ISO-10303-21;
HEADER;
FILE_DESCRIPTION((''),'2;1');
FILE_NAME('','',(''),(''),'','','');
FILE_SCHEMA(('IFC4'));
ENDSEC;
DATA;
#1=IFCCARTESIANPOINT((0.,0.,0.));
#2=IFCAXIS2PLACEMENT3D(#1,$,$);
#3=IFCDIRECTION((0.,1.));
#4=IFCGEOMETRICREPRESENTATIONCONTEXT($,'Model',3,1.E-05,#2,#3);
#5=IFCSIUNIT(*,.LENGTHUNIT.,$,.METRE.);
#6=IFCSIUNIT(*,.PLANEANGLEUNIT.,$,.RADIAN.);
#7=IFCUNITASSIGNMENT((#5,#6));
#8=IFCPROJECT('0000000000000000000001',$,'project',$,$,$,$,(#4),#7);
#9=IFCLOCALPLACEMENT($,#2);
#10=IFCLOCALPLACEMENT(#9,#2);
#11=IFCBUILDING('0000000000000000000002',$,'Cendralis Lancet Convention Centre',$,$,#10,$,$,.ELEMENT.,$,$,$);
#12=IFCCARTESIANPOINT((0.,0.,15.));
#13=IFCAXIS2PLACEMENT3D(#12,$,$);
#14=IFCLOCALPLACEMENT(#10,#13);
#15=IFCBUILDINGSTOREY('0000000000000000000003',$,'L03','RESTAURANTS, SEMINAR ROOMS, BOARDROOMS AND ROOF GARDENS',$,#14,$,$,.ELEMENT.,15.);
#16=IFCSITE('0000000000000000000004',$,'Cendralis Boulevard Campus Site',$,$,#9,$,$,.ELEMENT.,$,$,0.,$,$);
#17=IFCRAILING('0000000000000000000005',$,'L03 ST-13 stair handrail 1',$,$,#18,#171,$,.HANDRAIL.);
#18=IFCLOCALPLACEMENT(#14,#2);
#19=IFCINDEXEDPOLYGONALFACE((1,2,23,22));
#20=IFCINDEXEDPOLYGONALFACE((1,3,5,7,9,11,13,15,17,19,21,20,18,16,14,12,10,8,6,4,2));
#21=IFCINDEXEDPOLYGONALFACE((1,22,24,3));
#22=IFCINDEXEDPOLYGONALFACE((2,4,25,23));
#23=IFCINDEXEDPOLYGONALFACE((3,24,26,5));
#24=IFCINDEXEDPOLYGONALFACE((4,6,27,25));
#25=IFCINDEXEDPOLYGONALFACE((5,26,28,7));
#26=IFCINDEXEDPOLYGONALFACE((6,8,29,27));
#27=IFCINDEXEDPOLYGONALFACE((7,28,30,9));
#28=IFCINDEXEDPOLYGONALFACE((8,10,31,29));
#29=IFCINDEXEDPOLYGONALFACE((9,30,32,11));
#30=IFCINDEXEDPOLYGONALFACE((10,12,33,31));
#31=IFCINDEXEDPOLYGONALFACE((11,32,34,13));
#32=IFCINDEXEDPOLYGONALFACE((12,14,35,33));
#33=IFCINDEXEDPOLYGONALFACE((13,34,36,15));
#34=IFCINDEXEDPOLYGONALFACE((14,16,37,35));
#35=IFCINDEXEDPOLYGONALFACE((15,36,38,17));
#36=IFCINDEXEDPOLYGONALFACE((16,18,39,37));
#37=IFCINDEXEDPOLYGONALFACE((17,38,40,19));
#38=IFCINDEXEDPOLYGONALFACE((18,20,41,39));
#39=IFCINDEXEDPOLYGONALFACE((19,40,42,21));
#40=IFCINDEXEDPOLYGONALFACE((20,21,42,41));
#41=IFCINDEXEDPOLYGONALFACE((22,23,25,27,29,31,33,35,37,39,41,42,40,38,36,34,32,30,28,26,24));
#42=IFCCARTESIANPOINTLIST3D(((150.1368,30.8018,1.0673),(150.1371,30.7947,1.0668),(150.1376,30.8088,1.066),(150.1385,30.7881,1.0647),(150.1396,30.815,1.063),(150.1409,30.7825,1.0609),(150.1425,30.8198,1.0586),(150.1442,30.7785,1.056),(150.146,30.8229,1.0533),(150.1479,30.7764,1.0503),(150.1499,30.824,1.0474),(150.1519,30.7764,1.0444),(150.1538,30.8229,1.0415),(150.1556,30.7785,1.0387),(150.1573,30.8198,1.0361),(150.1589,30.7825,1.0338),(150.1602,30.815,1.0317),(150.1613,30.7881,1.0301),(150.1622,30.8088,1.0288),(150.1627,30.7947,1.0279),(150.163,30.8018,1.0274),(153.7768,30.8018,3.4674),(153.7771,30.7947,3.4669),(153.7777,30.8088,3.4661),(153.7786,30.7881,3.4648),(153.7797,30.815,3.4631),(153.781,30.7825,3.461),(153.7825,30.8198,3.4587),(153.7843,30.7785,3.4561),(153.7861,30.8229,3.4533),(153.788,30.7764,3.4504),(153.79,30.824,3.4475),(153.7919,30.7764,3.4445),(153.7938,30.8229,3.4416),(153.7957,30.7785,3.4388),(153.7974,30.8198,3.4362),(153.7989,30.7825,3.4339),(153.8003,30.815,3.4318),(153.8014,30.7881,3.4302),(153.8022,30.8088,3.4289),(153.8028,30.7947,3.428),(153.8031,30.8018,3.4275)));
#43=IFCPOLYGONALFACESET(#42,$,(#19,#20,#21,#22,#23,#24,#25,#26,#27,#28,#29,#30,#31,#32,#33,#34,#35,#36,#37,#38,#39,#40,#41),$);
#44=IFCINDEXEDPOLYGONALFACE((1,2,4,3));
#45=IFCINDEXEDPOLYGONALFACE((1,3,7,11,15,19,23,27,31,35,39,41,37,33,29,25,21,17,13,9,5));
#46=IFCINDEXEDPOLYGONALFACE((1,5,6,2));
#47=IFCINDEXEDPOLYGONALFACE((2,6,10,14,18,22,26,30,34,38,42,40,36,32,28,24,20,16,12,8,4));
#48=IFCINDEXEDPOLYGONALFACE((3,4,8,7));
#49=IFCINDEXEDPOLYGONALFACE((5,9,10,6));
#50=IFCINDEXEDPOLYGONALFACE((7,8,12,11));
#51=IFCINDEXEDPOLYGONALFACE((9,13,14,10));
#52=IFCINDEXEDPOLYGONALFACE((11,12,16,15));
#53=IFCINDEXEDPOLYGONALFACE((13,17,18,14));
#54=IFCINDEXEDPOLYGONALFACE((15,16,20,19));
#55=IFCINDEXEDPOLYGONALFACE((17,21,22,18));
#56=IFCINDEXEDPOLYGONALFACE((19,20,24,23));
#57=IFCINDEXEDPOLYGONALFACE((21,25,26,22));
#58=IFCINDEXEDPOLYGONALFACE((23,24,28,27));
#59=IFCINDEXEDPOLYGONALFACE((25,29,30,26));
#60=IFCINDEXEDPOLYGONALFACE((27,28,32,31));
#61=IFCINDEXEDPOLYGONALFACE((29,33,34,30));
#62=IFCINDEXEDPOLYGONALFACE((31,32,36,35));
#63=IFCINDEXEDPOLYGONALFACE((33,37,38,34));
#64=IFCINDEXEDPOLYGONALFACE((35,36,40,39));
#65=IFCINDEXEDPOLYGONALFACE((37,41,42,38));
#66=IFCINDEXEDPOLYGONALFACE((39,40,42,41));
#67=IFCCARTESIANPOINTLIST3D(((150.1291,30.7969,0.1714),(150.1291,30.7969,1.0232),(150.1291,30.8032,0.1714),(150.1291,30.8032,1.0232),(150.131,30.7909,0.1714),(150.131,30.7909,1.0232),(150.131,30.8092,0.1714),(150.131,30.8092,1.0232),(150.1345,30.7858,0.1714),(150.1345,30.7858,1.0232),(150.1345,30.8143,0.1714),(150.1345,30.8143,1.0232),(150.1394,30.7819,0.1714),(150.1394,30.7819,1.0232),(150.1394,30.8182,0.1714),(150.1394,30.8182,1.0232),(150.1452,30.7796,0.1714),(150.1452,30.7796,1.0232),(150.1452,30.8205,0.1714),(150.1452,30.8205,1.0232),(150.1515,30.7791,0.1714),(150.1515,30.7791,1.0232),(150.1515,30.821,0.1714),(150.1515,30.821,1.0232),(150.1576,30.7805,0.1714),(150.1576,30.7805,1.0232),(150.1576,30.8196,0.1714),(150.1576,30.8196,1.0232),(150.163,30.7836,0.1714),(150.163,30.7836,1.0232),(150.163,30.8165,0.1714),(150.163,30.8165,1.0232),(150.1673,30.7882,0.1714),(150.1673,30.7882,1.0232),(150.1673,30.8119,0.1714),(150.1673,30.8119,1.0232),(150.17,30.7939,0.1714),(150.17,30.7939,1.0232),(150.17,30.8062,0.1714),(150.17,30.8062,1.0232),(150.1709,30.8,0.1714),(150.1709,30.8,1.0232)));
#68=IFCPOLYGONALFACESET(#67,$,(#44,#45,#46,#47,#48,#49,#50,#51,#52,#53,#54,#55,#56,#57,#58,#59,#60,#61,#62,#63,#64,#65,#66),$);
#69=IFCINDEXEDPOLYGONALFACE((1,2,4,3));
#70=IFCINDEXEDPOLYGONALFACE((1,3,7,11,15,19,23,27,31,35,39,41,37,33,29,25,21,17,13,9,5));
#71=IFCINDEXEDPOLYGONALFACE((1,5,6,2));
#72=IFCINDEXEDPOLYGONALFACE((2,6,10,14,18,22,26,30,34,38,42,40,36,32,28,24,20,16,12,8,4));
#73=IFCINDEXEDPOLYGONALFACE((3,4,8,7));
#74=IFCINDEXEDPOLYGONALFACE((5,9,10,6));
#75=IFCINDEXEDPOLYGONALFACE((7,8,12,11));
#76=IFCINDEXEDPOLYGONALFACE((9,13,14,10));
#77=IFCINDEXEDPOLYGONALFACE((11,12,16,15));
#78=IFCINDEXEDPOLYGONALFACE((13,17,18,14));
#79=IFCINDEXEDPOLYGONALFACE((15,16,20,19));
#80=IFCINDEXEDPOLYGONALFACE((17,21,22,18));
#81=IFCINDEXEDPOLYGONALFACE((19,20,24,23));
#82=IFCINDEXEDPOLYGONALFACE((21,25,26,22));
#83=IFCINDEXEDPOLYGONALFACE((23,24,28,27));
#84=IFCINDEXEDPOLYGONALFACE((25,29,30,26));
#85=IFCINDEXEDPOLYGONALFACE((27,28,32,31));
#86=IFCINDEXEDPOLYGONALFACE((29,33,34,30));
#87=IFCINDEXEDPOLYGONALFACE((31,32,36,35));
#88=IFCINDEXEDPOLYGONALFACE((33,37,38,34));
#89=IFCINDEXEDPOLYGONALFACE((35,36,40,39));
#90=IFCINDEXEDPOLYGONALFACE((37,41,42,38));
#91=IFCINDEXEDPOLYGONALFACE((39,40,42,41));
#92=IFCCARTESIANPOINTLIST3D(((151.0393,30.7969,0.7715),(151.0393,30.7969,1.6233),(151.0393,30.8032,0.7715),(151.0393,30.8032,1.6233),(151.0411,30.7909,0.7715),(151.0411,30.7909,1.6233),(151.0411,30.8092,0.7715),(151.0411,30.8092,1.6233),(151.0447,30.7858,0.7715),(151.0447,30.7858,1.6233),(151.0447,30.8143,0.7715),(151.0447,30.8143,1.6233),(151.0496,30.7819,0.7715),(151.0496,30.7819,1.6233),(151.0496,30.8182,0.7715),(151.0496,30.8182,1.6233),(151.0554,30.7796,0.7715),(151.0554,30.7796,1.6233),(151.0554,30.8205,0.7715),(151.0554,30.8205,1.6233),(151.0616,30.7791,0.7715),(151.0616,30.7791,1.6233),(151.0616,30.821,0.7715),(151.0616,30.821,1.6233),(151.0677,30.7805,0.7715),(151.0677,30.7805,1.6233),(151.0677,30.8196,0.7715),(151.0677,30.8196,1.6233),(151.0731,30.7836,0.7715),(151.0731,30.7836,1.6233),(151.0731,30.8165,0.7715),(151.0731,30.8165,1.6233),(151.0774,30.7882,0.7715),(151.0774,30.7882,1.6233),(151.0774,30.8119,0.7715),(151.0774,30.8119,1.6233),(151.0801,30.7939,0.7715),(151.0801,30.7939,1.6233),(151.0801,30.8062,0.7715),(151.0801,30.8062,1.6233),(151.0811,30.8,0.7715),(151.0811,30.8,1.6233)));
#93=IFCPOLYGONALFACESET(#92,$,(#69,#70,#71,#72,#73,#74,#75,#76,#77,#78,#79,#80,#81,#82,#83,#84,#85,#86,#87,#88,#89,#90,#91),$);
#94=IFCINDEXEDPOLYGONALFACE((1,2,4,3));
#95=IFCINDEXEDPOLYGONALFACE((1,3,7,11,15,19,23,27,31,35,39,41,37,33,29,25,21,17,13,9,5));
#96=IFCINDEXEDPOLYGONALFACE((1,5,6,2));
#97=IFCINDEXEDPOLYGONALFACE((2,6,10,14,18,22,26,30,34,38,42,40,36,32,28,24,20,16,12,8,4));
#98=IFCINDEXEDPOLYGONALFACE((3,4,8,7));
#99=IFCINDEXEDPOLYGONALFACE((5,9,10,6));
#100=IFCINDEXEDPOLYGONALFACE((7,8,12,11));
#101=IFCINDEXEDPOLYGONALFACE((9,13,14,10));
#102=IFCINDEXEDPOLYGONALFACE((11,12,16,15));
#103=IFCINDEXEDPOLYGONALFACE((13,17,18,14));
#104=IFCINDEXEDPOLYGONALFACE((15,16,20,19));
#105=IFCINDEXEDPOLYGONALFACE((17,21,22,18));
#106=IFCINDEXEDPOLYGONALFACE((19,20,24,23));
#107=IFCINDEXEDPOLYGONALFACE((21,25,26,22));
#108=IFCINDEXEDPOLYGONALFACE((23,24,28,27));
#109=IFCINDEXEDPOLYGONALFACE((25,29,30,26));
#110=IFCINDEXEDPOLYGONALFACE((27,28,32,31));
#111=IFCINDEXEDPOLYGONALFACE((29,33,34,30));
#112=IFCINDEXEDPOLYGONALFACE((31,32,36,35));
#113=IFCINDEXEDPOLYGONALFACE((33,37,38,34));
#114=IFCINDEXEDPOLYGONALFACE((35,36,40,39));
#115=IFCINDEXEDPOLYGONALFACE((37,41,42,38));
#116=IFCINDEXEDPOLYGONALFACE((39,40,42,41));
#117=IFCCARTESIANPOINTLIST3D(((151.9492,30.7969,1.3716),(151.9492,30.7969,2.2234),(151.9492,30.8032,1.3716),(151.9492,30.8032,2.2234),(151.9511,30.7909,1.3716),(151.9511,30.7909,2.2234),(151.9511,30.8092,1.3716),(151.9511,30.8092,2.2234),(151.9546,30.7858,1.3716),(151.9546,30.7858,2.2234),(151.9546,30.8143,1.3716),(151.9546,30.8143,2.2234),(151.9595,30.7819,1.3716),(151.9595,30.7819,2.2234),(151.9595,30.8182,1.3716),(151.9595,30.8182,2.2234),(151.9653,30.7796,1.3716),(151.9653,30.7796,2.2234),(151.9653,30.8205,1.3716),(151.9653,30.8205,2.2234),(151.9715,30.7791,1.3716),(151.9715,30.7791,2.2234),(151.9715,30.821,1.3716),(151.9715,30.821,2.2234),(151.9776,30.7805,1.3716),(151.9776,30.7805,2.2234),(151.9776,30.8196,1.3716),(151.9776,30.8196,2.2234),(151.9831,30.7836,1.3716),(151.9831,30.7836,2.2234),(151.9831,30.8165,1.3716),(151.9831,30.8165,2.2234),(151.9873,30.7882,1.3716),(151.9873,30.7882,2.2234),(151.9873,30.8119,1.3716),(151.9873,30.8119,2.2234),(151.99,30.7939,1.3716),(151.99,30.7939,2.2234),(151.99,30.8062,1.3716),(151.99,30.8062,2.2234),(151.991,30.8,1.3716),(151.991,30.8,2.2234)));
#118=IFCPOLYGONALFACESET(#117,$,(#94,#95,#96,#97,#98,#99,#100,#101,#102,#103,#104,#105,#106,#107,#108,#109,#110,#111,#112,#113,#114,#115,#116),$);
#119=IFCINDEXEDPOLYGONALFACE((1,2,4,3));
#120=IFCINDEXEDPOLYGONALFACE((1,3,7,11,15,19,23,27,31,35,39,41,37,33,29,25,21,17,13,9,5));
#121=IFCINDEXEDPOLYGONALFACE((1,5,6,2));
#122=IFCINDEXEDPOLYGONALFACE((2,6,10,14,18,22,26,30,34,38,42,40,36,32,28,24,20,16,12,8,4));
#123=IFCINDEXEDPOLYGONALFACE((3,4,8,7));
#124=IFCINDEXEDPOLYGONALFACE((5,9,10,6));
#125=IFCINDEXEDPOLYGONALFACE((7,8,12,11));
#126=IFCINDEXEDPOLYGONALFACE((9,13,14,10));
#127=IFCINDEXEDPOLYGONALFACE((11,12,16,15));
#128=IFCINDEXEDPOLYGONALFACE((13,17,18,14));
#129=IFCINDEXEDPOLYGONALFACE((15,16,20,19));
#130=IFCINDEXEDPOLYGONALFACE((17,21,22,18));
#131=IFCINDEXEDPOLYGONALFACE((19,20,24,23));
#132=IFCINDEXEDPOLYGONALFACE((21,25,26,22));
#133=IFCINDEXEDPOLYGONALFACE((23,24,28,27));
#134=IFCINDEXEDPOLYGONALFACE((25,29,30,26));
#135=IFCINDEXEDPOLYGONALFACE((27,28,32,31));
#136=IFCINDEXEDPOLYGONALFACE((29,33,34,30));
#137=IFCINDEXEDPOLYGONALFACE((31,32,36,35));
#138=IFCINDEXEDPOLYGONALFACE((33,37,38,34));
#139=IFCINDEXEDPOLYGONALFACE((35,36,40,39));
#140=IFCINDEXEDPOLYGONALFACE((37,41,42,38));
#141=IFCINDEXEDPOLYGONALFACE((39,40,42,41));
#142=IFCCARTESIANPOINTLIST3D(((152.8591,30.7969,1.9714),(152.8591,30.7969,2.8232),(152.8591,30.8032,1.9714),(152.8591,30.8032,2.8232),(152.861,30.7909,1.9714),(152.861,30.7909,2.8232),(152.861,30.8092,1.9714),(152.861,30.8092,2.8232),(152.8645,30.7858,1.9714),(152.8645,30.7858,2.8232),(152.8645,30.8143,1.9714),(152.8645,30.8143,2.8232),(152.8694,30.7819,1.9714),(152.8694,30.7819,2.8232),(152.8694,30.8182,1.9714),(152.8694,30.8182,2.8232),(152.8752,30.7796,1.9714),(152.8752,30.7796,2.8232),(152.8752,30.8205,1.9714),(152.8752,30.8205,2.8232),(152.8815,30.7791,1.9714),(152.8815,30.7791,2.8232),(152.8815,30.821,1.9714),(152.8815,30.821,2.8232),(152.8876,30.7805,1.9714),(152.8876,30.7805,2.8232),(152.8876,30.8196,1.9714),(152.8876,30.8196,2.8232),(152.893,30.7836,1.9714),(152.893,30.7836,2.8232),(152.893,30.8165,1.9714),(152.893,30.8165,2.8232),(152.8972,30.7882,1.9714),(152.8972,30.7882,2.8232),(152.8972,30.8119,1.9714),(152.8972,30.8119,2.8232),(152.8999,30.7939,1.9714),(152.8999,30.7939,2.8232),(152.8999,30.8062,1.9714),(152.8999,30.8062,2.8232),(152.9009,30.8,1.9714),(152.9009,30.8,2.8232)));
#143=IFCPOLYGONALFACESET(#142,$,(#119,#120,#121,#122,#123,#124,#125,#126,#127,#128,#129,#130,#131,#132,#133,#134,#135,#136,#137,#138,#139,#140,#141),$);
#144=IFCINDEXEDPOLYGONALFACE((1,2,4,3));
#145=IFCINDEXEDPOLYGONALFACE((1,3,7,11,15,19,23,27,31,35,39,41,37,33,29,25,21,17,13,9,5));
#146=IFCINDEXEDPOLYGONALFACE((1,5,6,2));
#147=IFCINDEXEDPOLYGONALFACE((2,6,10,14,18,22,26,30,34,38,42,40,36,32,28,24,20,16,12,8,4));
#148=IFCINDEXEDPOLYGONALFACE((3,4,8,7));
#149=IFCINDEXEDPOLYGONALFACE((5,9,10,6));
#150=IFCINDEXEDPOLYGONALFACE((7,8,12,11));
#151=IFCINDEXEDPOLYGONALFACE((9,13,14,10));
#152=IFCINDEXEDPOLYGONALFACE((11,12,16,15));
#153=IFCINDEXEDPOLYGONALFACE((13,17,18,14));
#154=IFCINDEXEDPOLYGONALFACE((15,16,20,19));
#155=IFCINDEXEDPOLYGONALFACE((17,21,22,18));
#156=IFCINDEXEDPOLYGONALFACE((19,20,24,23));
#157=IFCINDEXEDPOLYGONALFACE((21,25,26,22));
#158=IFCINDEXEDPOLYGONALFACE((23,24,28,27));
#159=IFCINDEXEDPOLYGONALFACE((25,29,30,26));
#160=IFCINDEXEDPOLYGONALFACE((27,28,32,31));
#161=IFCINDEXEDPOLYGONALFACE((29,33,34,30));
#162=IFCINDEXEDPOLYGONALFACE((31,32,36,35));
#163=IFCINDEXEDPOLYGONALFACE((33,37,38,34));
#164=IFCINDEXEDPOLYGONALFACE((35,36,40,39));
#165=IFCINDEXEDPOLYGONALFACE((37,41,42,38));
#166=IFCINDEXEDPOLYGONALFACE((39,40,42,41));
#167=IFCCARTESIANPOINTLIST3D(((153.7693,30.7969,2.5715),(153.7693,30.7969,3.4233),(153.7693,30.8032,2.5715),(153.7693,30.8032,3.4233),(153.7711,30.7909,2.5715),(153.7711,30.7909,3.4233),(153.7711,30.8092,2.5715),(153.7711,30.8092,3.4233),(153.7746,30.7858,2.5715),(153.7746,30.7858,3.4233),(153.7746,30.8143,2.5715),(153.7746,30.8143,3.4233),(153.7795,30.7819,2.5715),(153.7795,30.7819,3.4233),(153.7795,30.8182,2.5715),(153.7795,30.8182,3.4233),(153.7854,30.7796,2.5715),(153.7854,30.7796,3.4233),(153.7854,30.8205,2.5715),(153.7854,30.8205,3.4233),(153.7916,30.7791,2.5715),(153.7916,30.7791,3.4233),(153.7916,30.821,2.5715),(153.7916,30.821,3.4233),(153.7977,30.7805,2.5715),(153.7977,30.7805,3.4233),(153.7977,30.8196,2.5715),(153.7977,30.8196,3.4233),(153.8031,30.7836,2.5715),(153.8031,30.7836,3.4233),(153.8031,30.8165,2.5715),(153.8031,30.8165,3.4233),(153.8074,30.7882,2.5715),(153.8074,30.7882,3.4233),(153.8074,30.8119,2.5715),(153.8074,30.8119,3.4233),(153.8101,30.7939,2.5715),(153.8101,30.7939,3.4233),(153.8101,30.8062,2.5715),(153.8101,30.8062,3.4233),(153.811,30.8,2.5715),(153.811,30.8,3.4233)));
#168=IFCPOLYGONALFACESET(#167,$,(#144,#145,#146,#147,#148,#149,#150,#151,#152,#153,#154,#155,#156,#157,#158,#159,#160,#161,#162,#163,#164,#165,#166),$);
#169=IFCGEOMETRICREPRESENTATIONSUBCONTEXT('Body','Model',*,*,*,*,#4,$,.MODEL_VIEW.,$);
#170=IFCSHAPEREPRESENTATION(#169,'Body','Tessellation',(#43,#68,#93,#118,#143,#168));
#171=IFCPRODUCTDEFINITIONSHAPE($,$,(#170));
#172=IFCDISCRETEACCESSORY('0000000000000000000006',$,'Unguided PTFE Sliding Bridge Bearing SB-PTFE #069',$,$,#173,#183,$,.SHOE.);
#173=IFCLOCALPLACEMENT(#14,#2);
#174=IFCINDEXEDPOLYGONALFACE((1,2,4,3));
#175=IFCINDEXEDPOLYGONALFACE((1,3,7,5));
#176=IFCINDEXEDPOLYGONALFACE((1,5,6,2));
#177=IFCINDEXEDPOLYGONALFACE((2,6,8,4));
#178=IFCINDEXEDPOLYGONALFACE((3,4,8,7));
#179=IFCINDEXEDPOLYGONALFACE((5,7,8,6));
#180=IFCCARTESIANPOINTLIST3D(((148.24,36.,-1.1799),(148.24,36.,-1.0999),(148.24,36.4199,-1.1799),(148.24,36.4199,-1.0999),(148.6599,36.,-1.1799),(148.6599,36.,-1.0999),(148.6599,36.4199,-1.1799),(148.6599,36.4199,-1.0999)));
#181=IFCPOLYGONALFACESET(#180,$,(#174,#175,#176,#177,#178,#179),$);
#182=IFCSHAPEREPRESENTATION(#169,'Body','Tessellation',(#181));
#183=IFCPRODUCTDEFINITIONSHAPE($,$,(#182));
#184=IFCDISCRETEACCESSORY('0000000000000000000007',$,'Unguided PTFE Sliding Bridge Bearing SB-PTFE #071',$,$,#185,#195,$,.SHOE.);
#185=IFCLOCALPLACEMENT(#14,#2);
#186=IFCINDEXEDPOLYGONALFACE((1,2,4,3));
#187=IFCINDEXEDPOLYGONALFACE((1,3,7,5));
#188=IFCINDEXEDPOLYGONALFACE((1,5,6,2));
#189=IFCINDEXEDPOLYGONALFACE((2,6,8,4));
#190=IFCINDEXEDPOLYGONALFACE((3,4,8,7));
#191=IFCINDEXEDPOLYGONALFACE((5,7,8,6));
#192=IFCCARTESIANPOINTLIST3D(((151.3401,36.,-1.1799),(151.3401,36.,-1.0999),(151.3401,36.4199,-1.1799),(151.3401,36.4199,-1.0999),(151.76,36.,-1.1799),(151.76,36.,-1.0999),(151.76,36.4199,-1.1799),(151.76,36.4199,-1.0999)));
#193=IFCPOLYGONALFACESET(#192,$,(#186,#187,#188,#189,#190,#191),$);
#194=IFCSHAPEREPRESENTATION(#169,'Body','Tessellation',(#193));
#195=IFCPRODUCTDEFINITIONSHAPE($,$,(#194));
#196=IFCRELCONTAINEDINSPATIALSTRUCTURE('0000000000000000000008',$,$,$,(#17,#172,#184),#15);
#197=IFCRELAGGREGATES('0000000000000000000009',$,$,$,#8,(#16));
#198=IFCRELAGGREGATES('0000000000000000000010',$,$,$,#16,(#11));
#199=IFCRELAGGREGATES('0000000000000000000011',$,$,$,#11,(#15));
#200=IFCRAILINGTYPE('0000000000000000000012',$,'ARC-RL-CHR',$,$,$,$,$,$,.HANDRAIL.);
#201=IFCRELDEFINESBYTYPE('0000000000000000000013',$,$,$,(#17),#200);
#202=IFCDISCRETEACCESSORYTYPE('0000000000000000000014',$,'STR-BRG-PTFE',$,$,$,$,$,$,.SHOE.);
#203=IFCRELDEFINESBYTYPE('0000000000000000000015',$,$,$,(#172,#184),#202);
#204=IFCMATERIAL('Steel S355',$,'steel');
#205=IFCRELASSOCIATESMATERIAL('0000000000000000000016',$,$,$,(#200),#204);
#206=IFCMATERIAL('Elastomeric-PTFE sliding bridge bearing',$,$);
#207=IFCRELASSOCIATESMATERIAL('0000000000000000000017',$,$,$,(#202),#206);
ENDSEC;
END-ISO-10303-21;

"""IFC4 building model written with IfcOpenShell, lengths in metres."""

from ifc_helpers import new_model, si_unit, direction, frame, origin, origin_2d, place, context, subcontext, project, spatial, rectangle, circle, extrude, material, type_object, element, save


model = new_model("IFC4")

# Units and contexts
model_context = context("Model", 3, precision=1e-05, world=origin(), true_north=direction((0.0, 1.0)))
body_context = subcontext(model_context, "Body", "Model", "MODEL_VIEW")
ifc_project = project(units=[si_unit("LENGTHUNIT", "METRE"), si_unit("PLANEANGLEUNIT", "RADIAN")], contexts=[model_context])

# Site, building, storey
site_placement = place(None, origin())
site = spatial("IfcSite", under=ifc_project, at=site_placement, Name="Cendralis Boulevard Campus Site", CompositionType="ELEMENT", RefElevation=0.0)
building_placement = place(site_placement, origin())
building = spatial("IfcBuilding", under=site, at=building_placement, Name="Cendralis Lancet Convention Centre", CompositionType="ELEMENT")
storey_placement = place(building_placement, frame((0.0, 0.0, 15.0)))
storey = spatial("IfcBuildingStorey", under=building, at=storey_placement, Name="L03", Description="RESTAURANTS, SEMINAR ROOMS, BOARDROOMS AND ROOF GARDENS", CompositionType="ELEMENT", Elevation=15.0)

# Shared definitions
ifc_material_1 = material(Name="Steel S355", Category="steel")

# Railing
railing_type_1 = type_object("IfcRailingType", Name="ARC-RL-CHR", PredefinedType="HANDRAIL", material=ifc_material_1)
railing_1_placement = place(storey_placement, frame((150.1499, 30.8, 0.1714)))
element("IfcRailing", 1, at=railing_1_placement, inside=storey, type_object=railing_type_1, Name="L03 ST-13 stair handrail 1", PredefinedType="HANDRAIL", context=body_context, shape_type="SweptSolid", body=[
    extrude(circle(Radius=0.0239, at=origin_2d()), frame((0.0, 0.0, 0.876), z_axis=(0.834856, 0.0, 0.550468), x_axis=(0.0, 1.0, 0.0)), (0.0, 0.0, 1.0), 4.3601),
    extrude(circle(Radius=0.021, at=origin_2d()), origin(), (0.0, 0.0, 1.0), 0.8518),
    extrude(circle(Radius=0.021, at=origin_2d()), frame((0.9102, 0.0, 0.6001)), (0.0, 0.0, 1.0), 0.8518),
    extrude(circle(Radius=0.021, at=origin_2d()), frame((1.8201, 0.0, 1.2002)), (0.0, 0.0, 1.0), 0.8518),
    extrude(circle(Radius=0.021, at=origin_2d()), frame((2.73, 0.0, 1.8)), (0.0, 0.0, 1.0), 0.8518),
    extrude(circle(Radius=0.021, at=origin_2d()), frame((3.6401, 0.0, 2.4001)), (0.0, 0.0, 1.0), 0.8518),
])

# Discrete accessories
ifc_material_2 = material(Name="Elastomeric-PTFE sliding bridge bearing")
discrete_accessory_type = type_object("IfcDiscreteAccessoryType", Name="STR-BRG-PTFE", PredefinedType="SHOE", material=ifc_material_2)
for number, where, z_axis, x_axis, name in (
    (2, (148.45, 36.21, -1.1799), (0.0, 0.0, 1.0), (1.0, 0.0, 0.0), "Unguided PTFE Sliding Bridge Bearing SB-PTFE #069"),
    (3, (151.55, 36.21, -1.1799), (0.0, 0.0, 1.0), (1.0, 0.0, 0.0), "Unguided PTFE Sliding Bridge Bearing SB-PTFE #071"),
):
    element("IfcDiscreteAccessory", number, at=place(storey_placement, frame(where, z_axis=z_axis, x_axis=x_axis)), inside=storey, type_object=discrete_accessory_type, Name=name, PredefinedType="SHOE", context=body_context, shape_type="SweptSolid", body=[
        extrude(rectangle(XDim=0.4199, YDim=0.4199, at=origin_2d()), origin(), (0.0, 0.0, 1.0), 0.0801),
    ])

save(model, "model.ifc")
